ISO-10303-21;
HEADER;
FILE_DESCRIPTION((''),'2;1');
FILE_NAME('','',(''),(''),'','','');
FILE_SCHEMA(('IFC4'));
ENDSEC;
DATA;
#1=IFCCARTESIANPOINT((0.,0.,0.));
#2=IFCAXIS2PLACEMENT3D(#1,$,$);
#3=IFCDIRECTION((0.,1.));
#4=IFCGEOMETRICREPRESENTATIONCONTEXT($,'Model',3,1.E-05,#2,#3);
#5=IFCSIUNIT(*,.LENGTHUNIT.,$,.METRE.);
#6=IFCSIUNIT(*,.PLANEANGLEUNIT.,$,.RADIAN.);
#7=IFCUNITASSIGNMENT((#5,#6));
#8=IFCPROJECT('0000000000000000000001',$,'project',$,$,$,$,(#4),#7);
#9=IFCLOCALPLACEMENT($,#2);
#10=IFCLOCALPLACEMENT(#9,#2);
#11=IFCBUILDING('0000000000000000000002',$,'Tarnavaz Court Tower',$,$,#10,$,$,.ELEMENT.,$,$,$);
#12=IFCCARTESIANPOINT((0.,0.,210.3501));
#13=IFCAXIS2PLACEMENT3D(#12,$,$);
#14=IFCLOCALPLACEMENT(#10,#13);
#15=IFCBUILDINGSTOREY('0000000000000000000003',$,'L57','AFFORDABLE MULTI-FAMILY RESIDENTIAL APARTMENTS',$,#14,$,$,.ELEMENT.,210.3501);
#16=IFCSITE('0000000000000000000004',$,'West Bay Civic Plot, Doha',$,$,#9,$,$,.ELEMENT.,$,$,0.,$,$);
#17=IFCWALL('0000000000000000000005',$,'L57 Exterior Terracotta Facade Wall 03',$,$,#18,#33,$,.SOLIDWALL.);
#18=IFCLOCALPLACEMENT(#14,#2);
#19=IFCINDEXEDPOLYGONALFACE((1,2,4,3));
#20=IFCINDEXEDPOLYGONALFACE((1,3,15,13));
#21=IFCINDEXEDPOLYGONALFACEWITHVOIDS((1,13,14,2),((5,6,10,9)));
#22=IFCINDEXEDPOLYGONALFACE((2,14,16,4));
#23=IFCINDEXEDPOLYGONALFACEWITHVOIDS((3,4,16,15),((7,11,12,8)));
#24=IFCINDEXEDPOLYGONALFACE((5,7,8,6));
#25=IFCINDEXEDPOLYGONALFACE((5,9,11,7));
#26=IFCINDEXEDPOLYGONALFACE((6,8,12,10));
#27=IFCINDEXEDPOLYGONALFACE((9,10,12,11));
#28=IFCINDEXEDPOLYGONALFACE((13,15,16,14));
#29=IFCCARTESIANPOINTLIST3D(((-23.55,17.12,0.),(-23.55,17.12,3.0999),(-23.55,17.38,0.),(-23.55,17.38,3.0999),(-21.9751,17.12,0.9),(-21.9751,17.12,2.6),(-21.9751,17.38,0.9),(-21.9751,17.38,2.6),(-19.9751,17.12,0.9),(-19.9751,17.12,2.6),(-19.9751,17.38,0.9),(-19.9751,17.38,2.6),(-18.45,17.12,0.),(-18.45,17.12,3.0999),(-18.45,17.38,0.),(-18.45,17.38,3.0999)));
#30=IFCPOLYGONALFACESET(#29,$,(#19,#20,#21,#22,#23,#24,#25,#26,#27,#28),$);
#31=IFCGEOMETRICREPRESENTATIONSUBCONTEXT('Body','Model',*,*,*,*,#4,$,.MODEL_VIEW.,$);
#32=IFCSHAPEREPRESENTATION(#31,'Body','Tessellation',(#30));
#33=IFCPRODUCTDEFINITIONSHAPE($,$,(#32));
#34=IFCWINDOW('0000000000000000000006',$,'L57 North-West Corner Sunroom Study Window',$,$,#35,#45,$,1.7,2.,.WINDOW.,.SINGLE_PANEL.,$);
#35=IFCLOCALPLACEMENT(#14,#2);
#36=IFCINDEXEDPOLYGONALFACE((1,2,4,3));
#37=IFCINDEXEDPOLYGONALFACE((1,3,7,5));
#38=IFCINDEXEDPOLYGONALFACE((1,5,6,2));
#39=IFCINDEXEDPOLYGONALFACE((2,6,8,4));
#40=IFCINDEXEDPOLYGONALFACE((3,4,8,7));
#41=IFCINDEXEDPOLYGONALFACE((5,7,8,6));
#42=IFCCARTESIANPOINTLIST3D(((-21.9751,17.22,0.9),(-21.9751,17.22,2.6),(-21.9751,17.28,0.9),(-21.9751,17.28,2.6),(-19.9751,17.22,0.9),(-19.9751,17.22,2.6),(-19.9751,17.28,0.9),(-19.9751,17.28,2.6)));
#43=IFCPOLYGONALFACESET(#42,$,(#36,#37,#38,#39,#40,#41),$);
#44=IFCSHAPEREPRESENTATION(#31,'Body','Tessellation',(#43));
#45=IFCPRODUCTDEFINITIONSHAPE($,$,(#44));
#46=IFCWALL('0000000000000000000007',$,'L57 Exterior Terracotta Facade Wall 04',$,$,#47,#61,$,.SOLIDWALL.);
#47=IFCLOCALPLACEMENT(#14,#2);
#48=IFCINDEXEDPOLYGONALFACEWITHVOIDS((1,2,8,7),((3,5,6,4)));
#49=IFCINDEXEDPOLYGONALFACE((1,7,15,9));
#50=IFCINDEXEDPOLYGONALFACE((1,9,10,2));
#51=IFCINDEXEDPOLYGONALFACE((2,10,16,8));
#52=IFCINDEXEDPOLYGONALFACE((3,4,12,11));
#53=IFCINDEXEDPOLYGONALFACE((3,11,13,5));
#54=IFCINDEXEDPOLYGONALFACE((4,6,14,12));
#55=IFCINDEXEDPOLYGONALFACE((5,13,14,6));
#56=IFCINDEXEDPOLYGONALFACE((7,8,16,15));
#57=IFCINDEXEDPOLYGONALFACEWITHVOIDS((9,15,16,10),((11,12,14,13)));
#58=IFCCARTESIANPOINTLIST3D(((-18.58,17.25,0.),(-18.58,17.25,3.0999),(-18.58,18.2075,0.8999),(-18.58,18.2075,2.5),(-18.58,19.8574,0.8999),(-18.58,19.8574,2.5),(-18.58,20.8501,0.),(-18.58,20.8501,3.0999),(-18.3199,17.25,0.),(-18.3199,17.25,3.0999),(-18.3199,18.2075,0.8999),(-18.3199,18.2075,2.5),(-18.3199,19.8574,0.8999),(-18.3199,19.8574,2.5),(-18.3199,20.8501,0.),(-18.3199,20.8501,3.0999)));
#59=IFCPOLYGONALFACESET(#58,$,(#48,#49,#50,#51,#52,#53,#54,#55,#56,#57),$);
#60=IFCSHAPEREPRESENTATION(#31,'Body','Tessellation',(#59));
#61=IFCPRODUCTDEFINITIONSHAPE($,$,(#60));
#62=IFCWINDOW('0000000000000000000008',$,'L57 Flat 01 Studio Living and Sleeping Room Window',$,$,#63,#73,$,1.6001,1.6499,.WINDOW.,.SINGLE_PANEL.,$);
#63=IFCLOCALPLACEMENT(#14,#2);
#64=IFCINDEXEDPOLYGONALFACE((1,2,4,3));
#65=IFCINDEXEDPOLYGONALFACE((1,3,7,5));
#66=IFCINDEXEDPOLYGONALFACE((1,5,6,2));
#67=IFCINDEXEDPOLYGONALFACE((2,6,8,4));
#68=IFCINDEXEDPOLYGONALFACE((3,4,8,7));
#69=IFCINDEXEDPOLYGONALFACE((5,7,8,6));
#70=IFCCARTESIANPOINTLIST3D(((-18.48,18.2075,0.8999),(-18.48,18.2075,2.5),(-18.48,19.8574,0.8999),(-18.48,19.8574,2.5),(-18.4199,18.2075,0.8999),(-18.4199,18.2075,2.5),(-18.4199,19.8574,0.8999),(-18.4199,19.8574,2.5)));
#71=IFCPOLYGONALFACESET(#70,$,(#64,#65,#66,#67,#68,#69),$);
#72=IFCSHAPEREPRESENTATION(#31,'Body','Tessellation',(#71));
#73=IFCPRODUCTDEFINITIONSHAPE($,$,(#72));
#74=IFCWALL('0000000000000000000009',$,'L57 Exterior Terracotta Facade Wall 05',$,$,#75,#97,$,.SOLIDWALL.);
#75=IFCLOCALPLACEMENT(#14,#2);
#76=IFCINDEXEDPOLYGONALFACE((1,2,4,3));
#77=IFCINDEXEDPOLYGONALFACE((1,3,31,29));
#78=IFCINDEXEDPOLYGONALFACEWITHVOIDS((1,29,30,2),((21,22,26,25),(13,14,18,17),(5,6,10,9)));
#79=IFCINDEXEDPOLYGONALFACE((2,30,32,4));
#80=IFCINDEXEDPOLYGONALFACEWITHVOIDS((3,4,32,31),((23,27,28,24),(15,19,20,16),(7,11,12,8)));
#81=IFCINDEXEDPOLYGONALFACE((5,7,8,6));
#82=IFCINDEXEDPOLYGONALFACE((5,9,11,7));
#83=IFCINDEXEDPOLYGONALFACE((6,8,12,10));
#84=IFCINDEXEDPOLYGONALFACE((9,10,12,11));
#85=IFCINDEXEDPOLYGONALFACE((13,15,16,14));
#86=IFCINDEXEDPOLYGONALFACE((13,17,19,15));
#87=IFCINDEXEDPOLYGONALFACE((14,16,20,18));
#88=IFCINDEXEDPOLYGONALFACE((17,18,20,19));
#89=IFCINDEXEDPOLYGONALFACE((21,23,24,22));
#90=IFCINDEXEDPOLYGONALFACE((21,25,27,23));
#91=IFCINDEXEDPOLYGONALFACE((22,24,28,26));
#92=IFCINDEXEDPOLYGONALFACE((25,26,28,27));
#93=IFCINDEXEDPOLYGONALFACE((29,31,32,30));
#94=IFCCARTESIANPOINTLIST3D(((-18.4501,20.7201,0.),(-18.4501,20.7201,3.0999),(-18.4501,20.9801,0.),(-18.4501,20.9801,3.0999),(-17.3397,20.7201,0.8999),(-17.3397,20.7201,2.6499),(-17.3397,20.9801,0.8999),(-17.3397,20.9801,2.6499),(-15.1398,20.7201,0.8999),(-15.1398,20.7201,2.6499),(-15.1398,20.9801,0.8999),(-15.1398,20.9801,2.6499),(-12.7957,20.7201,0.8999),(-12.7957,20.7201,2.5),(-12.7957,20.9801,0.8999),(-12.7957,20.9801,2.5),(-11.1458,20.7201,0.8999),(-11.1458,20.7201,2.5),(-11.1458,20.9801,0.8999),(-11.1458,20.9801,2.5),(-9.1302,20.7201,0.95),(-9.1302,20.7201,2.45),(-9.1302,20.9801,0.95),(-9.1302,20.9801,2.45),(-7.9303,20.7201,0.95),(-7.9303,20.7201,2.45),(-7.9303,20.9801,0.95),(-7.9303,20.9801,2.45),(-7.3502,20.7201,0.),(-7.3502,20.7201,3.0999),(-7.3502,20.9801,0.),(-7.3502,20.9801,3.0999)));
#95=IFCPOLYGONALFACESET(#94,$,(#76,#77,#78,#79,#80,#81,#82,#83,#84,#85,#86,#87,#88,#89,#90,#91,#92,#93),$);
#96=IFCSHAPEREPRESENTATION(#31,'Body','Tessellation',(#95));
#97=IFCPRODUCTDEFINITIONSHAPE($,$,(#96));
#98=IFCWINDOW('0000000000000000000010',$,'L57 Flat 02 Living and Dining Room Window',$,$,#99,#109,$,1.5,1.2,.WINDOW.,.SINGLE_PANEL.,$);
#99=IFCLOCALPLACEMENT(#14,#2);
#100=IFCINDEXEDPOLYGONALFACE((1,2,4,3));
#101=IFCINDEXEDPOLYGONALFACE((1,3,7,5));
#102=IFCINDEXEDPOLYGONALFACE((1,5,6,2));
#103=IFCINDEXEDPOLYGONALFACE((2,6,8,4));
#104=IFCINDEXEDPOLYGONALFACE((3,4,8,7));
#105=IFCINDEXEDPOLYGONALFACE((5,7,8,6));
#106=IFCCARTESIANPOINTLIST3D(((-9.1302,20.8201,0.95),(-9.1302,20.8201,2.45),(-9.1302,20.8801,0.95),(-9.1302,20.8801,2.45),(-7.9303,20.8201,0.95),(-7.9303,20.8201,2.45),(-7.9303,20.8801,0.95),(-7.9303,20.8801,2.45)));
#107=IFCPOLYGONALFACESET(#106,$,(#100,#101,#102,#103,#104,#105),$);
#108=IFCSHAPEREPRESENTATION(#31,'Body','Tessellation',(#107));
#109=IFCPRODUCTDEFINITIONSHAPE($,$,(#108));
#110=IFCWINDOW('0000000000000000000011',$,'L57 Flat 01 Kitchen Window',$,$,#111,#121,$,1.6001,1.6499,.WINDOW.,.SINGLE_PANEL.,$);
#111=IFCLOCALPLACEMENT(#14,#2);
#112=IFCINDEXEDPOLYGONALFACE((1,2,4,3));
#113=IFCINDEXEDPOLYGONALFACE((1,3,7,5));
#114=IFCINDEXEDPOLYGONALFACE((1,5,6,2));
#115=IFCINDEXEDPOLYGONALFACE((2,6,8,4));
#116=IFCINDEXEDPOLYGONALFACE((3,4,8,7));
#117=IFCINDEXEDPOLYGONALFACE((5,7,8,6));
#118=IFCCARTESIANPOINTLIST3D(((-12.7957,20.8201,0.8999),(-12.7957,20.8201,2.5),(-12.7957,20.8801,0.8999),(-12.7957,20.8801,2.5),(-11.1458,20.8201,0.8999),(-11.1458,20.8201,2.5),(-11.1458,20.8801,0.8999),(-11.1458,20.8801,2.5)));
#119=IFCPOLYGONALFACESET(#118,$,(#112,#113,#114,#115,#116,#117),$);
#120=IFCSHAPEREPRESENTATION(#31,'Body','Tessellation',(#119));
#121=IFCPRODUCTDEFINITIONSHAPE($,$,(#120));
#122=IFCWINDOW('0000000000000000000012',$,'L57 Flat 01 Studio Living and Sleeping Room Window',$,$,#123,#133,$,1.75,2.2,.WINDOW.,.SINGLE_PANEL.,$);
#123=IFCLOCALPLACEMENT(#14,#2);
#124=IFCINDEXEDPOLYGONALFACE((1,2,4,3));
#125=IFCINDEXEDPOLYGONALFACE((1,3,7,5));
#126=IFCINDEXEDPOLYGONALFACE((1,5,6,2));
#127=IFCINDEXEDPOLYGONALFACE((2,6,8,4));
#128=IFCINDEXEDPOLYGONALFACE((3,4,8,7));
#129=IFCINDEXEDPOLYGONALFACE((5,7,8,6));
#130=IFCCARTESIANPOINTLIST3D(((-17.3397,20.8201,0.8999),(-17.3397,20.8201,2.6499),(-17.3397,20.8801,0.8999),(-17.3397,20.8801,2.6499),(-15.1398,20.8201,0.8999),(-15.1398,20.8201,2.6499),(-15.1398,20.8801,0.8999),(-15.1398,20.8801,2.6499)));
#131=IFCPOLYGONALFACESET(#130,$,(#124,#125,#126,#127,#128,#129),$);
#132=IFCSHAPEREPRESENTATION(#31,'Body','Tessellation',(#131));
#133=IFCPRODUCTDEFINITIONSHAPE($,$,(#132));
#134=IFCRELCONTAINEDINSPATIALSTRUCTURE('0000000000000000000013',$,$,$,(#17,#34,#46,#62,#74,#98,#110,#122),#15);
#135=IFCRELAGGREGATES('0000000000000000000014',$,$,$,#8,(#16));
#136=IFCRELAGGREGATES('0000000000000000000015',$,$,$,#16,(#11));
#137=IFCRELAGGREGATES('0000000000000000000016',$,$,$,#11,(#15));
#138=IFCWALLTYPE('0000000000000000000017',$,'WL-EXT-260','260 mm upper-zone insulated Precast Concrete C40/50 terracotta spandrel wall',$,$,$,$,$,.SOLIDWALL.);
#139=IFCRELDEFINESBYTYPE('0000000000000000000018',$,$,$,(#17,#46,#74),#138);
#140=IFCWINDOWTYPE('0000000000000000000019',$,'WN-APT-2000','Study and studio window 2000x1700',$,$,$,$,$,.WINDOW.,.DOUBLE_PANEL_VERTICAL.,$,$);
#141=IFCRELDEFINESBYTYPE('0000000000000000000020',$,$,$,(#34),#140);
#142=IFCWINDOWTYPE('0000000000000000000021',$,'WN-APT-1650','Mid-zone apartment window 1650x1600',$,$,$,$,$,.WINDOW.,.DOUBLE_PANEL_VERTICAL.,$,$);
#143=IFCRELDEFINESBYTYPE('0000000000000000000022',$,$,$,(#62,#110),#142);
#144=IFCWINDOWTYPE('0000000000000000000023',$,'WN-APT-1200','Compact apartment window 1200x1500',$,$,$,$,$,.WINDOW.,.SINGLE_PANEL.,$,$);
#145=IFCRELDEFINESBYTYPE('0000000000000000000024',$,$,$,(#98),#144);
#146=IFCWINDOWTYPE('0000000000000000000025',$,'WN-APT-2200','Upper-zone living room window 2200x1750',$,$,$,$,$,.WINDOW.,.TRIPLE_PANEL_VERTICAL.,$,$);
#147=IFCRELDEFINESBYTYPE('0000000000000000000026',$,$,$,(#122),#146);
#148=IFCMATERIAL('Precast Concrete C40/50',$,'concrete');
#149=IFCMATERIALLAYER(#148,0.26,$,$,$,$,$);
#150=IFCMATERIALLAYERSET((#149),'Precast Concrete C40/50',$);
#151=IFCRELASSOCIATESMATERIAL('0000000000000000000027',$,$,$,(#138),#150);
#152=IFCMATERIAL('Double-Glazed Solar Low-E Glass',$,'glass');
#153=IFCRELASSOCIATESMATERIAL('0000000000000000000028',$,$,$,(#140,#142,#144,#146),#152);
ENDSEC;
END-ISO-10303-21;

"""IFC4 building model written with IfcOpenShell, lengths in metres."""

from ifc_helpers import new_model, si_unit, direction, frame, frame_2d, origin, place, context, subcontext, project, spatial, rectangle, extrude, material, layer, layer_set, type_object, element, fill, save


model = new_model("IFC4")

# Units and contexts
model_context = context("Model", 3, precision=1e-05, world=origin(), true_north=direction((0.0, 1.0)))
body_context = subcontext(model_context, "Body", "Model", "MODEL_VIEW")
ifc_project = project(units=[si_unit("LENGTHUNIT", "METRE"), si_unit("PLANEANGLEUNIT", "RADIAN")], contexts=[model_context])

# Site, building, storey
site_placement = place(None, origin())
site = spatial("IfcSite", under=ifc_project, at=site_placement, Name="West Bay Civic Plot, Doha", CompositionType="ELEMENT", RefElevation=0.0)
building_placement = place(site_placement, origin())
building = spatial("IfcBuilding", under=site, at=building_placement, Name="Tarnavaz Court Tower", CompositionType="ELEMENT")
storey_placement = place(building_placement, frame((0.0, 0.0, 210.3501)))
storey = spatial("IfcBuildingStorey", under=building, at=storey_placement, Name="L57", Description="AFFORDABLE MULTI-FAMILY RESIDENTIAL APARTMENTS", CompositionType="ELEMENT", Elevation=210.3501)

# Walls, openings, windows
ifc_material_1 = material(Name="Precast Concrete C40/50", Category="concrete")
ifc_layer_1 = layer(ifc_material_1, 0.26)
ifc_layer_set_1 = layer_set([ifc_layer_1], Name="Precast Concrete C40/50")
wall_type_1 = type_object("IfcWallType", Name="WL-EXT-260", Description="260 mm upper-zone insulated Precast Concrete C40/50 terracotta spandrel wall", PredefinedType="SOLIDWALL", material=ifc_layer_set_1)
wall_1_placement = place(storey_placement, frame((-23.55, 17.25, 0.0), z_axis=(0.0, 0.0, 1.0), x_axis=(1.0, 0.0, 0.0)))
wall_1 = element("IfcWall", 1, at=wall_1_placement, inside=storey, type_object=wall_type_1, Name="L57 Exterior Terracotta Facade Wall 03", PredefinedType="SOLIDWALL", context=body_context, shape_type="SweptSolid", body=[
    extrude(rectangle(XDim=5.1001, YDim=0.26, at=frame_2d((2.55, 0.0))), origin(), (0.0, 0.0, 1.0), 3.0999),
])
opening_1_placement = place(wall_1_placement, frame((1.575, 0.0, 0.8999)))
opening_1 = element("IfcOpeningElement", 2, at=opening_1_placement, cuts=wall_1, PredefinedType="OPENING", context=body_context, shape_type="SweptSolid", body=[
    extrude(rectangle(XDim=2.0, YDim=1.7, at=frame_2d((1.0, 0.8501))), frame((0.0, 0.1399, 0.0), z_axis=(0.0, -1.0, 0.0), x_axis=(1.0, 0.0, 0.0)), (0.0, 0.0, 1.0), 0.28),
])
ifc_material_2 = material(Name="Double-Glazed Solar Low-E Glass", Category="glass")
window_type_1 = type_object("IfcWindowType", Name="WN-APT-2000", Description="Study and studio window 2000x1700", PartitioningType="DOUBLE_PANEL_VERTICAL", PredefinedType="WINDOW", material=ifc_material_2)
window_1_placement = place(opening_1_placement, origin())
window_1 = element("IfcWindow", 3, at=window_1_placement, inside=storey, type_object=window_type_1, Name="L57 North-West Corner Sunroom Study Window", OverallHeight=1.7, OverallWidth=2.0, PartitioningType="SINGLE_PANEL", PredefinedType="WINDOW", context=body_context, shape_type="SweptSolid", body=[
    extrude(rectangle(XDim=2.0, YDim=1.7, at=frame_2d((1.0, 0.8501))), frame((0.0, 0.03, 0.0), z_axis=(0.0, -1.0, 0.0), x_axis=(1.0, 0.0, 0.0)), (0.0, 0.0, 1.0), 0.0601),
])
fill(opening_1, window_1)
wall_2_placement = place(storey_placement, frame((-18.45, 17.25, 0.0), z_axis=(0.0, 0.0, 1.0), x_axis=(0.0, 1.0, 0.0)))
wall_2 = element("IfcWall", 4, at=wall_2_placement, inside=storey, type_object=wall_type_1, Name="L57 Exterior Terracotta Facade Wall 04", PredefinedType="SOLIDWALL", context=body_context, shape_type="SweptSolid", body=[
    extrude(rectangle(XDim=3.6001, YDim=0.26, at=frame_2d((1.8, 0.0))), origin(), (0.0, 0.0, 1.0), 3.0999),
])
opening_2_placement = place(wall_2_placement, frame((0.9575, 0.0, 0.8999)))
opening_2 = element("IfcOpeningElement", 5, at=opening_2_placement, cuts=wall_2, PredefinedType="OPENING", context=body_context, shape_type="SweptSolid", body=[
    extrude(rectangle(XDim=1.6499, YDim=1.6001, at=frame_2d((0.825, 0.8))), frame((0.0, 0.1399, 0.0), z_axis=(0.0, -1.0, 0.0), x_axis=(1.0, 0.0, 0.0)), (0.0, 0.0, 1.0), 0.28),
])
window_type_2 = type_object("IfcWindowType", Name="WN-APT-1650", Description="Mid-zone apartment window 1650x1600", PartitioningType="DOUBLE_PANEL_VERTICAL", PredefinedType="WINDOW", material=ifc_material_2)
window_2_placement = place(opening_2_placement, origin())
window_2 = element("IfcWindow", 6, at=window_2_placement, inside=storey, type_object=window_type_2, Name="L57 Flat 01 Studio Living and Sleeping Room Window", OverallHeight=1.6001, OverallWidth=1.6499, PartitioningType="SINGLE_PANEL", PredefinedType="WINDOW", context=body_context, shape_type="SweptSolid", body=[
    extrude(rectangle(XDim=1.6499, YDim=1.6001, at=frame_2d((0.825, 0.8))), frame((0.0, 0.03, 0.0), z_axis=(0.0, -1.0, 0.0), x_axis=(1.0, 0.0, 0.0)), (0.0, 0.0, 1.0), 0.0601),
])
fill(opening_2, window_2)

# Wall, openings, windows
wall_3_placement = place(storey_placement, frame((-18.45, 20.8501, 0.0), z_axis=(0.0, 0.0, 1.0), x_axis=(1.0, 0.0, 0.0)))
wall_3 = element("IfcWall", 7, at=wall_3_placement, inside=storey, type_object=wall_type_1, Name="L57 Exterior Terracotta Facade Wall 05", PredefinedType="SOLIDWALL", context=body_context, shape_type="SweptSolid", body=[
    extrude(rectangle(XDim=11.0999, YDim=0.26, at=frame_2d((5.5498, 0.0))), origin(), (0.0, 0.0, 1.0), 3.0999),
])
opening_3_placement = place(wall_3_placement, frame((1.1101, 0.0, 0.8999)))
opening_3 = element("IfcOpeningElement", 8, at=opening_3_placement, cuts=wall_3, PredefinedType="OPENING", context=body_context, shape_type="SweptSolid", body=[
    extrude(rectangle(XDim=2.2, YDim=1.75, at=frame_2d((1.1001, 0.875))), frame((0.0, 0.1399, 0.0), z_axis=(0.0, -1.0, 0.0), x_axis=(1.0, 0.0, 0.0)), (0.0, 0.0, 1.0), 0.28),
])
opening_4_placement = place(wall_3_placement, frame((5.6543, 0.0, 0.8999)))
opening_4 = element("IfcOpeningElement", 9, at=opening_4_placement, cuts=wall_3, PredefinedType="OPENING", context=body_context, shape_type="SweptSolid", body=[
    extrude(rectangle(XDim=1.6499, YDim=1.6001, at=frame_2d((0.825, 0.8))), frame((0.0, 0.1399, 0.0), z_axis=(0.0, -1.0, 0.0), x_axis=(1.0, 0.0, 0.0)), (0.0, 0.0, 1.0), 0.28),
])
opening_5_placement = place(wall_3_placement, frame((9.3196, 0.0, 0.95)))
opening_5 = element("IfcOpeningElement", 10, at=opening_5_placement, cuts=wall_3, PredefinedType="OPENING", context=body_context, shape_type="SweptSolid", body=[
    extrude(rectangle(XDim=1.2, YDim=1.5, at=frame_2d((0.6001, 0.75))), frame((0.0, 0.1399, 0.0), z_axis=(0.0, -1.0, 0.0), x_axis=(1.0, 0.0, 0.0)), (0.0, 0.0, 1.0), 0.28),
])
window_type_3 = type_object("IfcWindowType", Name="WN-APT-1200", Description="Compact apartment window 1200x1500", PartitioningType="SINGLE_PANEL", PredefinedType="WINDOW", material=ifc_material_2)
window_3_placement = place(opening_5_placement, origin())
window_3 = element("IfcWindow", 11, at=window_3_placement, inside=storey, type_object=window_type_3, Name="L57 Flat 02 Living and Dining Room Window", OverallHeight=1.5, OverallWidth=1.2, PartitioningType="SINGLE_PANEL", PredefinedType="WINDOW", context=body_context, shape_type="SweptSolid", body=[
    extrude(rectangle(XDim=1.2, YDim=1.5, at=frame_2d((0.6001, 0.75))), frame((0.0, 0.03, 0.0), z_axis=(0.0, -1.0, 0.0), x_axis=(1.0, 0.0, 0.0)), (0.0, 0.0, 1.0), 0.0601),
])
fill(opening_5, window_3)
window_4_placement = place(opening_4_placement, origin())
window_4 = element("IfcWindow", 12, at=window_4_placement, inside=storey, type_object=window_type_2, Name="L57 Flat 01 Kitchen Window", OverallHeight=1.6001, OverallWidth=1.6499, PartitioningType="SINGLE_PANEL", PredefinedType="WINDOW", context=body_context, shape_type="SweptSolid", body=[
    extrude(rectangle(XDim=1.6499, YDim=1.6001, at=frame_2d((0.825, 0.8))), frame((0.0, 0.03, 0.0), z_axis=(0.0, -1.0, 0.0), x_axis=(1.0, 0.0, 0.0)), (0.0, 0.0, 1.0), 0.0601),
])
fill(opening_4, window_4)
window_type_4 = type_object("IfcWindowType", Name="WN-APT-2200", Description="Upper-zone living room window 2200x1750", PartitioningType="TRIPLE_PANEL_VERTICAL", PredefinedType="WINDOW", material=ifc_material_2)
window_5_placement = place(opening_3_placement, origin())
window_5 = element("IfcWindow", 13, at=window_5_placement, inside=storey, type_object=window_type_4, Name="L57 Flat 01 Studio Living and Sleeping Room Window", OverallHeight=1.75, OverallWidth=2.2, PartitioningType="SINGLE_PANEL", PredefinedType="WINDOW", context=body_context, shape_type="SweptSolid", body=[
    extrude(rectangle(XDim=2.2, YDim=1.75, at=frame_2d((1.1001, 0.875))), frame((0.0, 0.03, 0.0), z_axis=(0.0, -1.0, 0.0), x_axis=(1.0, 0.0, 0.0)), (0.0, 0.0, 1.0), 0.0601),
])
fill(opening_3, window_5)

save(model, "model.ifc")
